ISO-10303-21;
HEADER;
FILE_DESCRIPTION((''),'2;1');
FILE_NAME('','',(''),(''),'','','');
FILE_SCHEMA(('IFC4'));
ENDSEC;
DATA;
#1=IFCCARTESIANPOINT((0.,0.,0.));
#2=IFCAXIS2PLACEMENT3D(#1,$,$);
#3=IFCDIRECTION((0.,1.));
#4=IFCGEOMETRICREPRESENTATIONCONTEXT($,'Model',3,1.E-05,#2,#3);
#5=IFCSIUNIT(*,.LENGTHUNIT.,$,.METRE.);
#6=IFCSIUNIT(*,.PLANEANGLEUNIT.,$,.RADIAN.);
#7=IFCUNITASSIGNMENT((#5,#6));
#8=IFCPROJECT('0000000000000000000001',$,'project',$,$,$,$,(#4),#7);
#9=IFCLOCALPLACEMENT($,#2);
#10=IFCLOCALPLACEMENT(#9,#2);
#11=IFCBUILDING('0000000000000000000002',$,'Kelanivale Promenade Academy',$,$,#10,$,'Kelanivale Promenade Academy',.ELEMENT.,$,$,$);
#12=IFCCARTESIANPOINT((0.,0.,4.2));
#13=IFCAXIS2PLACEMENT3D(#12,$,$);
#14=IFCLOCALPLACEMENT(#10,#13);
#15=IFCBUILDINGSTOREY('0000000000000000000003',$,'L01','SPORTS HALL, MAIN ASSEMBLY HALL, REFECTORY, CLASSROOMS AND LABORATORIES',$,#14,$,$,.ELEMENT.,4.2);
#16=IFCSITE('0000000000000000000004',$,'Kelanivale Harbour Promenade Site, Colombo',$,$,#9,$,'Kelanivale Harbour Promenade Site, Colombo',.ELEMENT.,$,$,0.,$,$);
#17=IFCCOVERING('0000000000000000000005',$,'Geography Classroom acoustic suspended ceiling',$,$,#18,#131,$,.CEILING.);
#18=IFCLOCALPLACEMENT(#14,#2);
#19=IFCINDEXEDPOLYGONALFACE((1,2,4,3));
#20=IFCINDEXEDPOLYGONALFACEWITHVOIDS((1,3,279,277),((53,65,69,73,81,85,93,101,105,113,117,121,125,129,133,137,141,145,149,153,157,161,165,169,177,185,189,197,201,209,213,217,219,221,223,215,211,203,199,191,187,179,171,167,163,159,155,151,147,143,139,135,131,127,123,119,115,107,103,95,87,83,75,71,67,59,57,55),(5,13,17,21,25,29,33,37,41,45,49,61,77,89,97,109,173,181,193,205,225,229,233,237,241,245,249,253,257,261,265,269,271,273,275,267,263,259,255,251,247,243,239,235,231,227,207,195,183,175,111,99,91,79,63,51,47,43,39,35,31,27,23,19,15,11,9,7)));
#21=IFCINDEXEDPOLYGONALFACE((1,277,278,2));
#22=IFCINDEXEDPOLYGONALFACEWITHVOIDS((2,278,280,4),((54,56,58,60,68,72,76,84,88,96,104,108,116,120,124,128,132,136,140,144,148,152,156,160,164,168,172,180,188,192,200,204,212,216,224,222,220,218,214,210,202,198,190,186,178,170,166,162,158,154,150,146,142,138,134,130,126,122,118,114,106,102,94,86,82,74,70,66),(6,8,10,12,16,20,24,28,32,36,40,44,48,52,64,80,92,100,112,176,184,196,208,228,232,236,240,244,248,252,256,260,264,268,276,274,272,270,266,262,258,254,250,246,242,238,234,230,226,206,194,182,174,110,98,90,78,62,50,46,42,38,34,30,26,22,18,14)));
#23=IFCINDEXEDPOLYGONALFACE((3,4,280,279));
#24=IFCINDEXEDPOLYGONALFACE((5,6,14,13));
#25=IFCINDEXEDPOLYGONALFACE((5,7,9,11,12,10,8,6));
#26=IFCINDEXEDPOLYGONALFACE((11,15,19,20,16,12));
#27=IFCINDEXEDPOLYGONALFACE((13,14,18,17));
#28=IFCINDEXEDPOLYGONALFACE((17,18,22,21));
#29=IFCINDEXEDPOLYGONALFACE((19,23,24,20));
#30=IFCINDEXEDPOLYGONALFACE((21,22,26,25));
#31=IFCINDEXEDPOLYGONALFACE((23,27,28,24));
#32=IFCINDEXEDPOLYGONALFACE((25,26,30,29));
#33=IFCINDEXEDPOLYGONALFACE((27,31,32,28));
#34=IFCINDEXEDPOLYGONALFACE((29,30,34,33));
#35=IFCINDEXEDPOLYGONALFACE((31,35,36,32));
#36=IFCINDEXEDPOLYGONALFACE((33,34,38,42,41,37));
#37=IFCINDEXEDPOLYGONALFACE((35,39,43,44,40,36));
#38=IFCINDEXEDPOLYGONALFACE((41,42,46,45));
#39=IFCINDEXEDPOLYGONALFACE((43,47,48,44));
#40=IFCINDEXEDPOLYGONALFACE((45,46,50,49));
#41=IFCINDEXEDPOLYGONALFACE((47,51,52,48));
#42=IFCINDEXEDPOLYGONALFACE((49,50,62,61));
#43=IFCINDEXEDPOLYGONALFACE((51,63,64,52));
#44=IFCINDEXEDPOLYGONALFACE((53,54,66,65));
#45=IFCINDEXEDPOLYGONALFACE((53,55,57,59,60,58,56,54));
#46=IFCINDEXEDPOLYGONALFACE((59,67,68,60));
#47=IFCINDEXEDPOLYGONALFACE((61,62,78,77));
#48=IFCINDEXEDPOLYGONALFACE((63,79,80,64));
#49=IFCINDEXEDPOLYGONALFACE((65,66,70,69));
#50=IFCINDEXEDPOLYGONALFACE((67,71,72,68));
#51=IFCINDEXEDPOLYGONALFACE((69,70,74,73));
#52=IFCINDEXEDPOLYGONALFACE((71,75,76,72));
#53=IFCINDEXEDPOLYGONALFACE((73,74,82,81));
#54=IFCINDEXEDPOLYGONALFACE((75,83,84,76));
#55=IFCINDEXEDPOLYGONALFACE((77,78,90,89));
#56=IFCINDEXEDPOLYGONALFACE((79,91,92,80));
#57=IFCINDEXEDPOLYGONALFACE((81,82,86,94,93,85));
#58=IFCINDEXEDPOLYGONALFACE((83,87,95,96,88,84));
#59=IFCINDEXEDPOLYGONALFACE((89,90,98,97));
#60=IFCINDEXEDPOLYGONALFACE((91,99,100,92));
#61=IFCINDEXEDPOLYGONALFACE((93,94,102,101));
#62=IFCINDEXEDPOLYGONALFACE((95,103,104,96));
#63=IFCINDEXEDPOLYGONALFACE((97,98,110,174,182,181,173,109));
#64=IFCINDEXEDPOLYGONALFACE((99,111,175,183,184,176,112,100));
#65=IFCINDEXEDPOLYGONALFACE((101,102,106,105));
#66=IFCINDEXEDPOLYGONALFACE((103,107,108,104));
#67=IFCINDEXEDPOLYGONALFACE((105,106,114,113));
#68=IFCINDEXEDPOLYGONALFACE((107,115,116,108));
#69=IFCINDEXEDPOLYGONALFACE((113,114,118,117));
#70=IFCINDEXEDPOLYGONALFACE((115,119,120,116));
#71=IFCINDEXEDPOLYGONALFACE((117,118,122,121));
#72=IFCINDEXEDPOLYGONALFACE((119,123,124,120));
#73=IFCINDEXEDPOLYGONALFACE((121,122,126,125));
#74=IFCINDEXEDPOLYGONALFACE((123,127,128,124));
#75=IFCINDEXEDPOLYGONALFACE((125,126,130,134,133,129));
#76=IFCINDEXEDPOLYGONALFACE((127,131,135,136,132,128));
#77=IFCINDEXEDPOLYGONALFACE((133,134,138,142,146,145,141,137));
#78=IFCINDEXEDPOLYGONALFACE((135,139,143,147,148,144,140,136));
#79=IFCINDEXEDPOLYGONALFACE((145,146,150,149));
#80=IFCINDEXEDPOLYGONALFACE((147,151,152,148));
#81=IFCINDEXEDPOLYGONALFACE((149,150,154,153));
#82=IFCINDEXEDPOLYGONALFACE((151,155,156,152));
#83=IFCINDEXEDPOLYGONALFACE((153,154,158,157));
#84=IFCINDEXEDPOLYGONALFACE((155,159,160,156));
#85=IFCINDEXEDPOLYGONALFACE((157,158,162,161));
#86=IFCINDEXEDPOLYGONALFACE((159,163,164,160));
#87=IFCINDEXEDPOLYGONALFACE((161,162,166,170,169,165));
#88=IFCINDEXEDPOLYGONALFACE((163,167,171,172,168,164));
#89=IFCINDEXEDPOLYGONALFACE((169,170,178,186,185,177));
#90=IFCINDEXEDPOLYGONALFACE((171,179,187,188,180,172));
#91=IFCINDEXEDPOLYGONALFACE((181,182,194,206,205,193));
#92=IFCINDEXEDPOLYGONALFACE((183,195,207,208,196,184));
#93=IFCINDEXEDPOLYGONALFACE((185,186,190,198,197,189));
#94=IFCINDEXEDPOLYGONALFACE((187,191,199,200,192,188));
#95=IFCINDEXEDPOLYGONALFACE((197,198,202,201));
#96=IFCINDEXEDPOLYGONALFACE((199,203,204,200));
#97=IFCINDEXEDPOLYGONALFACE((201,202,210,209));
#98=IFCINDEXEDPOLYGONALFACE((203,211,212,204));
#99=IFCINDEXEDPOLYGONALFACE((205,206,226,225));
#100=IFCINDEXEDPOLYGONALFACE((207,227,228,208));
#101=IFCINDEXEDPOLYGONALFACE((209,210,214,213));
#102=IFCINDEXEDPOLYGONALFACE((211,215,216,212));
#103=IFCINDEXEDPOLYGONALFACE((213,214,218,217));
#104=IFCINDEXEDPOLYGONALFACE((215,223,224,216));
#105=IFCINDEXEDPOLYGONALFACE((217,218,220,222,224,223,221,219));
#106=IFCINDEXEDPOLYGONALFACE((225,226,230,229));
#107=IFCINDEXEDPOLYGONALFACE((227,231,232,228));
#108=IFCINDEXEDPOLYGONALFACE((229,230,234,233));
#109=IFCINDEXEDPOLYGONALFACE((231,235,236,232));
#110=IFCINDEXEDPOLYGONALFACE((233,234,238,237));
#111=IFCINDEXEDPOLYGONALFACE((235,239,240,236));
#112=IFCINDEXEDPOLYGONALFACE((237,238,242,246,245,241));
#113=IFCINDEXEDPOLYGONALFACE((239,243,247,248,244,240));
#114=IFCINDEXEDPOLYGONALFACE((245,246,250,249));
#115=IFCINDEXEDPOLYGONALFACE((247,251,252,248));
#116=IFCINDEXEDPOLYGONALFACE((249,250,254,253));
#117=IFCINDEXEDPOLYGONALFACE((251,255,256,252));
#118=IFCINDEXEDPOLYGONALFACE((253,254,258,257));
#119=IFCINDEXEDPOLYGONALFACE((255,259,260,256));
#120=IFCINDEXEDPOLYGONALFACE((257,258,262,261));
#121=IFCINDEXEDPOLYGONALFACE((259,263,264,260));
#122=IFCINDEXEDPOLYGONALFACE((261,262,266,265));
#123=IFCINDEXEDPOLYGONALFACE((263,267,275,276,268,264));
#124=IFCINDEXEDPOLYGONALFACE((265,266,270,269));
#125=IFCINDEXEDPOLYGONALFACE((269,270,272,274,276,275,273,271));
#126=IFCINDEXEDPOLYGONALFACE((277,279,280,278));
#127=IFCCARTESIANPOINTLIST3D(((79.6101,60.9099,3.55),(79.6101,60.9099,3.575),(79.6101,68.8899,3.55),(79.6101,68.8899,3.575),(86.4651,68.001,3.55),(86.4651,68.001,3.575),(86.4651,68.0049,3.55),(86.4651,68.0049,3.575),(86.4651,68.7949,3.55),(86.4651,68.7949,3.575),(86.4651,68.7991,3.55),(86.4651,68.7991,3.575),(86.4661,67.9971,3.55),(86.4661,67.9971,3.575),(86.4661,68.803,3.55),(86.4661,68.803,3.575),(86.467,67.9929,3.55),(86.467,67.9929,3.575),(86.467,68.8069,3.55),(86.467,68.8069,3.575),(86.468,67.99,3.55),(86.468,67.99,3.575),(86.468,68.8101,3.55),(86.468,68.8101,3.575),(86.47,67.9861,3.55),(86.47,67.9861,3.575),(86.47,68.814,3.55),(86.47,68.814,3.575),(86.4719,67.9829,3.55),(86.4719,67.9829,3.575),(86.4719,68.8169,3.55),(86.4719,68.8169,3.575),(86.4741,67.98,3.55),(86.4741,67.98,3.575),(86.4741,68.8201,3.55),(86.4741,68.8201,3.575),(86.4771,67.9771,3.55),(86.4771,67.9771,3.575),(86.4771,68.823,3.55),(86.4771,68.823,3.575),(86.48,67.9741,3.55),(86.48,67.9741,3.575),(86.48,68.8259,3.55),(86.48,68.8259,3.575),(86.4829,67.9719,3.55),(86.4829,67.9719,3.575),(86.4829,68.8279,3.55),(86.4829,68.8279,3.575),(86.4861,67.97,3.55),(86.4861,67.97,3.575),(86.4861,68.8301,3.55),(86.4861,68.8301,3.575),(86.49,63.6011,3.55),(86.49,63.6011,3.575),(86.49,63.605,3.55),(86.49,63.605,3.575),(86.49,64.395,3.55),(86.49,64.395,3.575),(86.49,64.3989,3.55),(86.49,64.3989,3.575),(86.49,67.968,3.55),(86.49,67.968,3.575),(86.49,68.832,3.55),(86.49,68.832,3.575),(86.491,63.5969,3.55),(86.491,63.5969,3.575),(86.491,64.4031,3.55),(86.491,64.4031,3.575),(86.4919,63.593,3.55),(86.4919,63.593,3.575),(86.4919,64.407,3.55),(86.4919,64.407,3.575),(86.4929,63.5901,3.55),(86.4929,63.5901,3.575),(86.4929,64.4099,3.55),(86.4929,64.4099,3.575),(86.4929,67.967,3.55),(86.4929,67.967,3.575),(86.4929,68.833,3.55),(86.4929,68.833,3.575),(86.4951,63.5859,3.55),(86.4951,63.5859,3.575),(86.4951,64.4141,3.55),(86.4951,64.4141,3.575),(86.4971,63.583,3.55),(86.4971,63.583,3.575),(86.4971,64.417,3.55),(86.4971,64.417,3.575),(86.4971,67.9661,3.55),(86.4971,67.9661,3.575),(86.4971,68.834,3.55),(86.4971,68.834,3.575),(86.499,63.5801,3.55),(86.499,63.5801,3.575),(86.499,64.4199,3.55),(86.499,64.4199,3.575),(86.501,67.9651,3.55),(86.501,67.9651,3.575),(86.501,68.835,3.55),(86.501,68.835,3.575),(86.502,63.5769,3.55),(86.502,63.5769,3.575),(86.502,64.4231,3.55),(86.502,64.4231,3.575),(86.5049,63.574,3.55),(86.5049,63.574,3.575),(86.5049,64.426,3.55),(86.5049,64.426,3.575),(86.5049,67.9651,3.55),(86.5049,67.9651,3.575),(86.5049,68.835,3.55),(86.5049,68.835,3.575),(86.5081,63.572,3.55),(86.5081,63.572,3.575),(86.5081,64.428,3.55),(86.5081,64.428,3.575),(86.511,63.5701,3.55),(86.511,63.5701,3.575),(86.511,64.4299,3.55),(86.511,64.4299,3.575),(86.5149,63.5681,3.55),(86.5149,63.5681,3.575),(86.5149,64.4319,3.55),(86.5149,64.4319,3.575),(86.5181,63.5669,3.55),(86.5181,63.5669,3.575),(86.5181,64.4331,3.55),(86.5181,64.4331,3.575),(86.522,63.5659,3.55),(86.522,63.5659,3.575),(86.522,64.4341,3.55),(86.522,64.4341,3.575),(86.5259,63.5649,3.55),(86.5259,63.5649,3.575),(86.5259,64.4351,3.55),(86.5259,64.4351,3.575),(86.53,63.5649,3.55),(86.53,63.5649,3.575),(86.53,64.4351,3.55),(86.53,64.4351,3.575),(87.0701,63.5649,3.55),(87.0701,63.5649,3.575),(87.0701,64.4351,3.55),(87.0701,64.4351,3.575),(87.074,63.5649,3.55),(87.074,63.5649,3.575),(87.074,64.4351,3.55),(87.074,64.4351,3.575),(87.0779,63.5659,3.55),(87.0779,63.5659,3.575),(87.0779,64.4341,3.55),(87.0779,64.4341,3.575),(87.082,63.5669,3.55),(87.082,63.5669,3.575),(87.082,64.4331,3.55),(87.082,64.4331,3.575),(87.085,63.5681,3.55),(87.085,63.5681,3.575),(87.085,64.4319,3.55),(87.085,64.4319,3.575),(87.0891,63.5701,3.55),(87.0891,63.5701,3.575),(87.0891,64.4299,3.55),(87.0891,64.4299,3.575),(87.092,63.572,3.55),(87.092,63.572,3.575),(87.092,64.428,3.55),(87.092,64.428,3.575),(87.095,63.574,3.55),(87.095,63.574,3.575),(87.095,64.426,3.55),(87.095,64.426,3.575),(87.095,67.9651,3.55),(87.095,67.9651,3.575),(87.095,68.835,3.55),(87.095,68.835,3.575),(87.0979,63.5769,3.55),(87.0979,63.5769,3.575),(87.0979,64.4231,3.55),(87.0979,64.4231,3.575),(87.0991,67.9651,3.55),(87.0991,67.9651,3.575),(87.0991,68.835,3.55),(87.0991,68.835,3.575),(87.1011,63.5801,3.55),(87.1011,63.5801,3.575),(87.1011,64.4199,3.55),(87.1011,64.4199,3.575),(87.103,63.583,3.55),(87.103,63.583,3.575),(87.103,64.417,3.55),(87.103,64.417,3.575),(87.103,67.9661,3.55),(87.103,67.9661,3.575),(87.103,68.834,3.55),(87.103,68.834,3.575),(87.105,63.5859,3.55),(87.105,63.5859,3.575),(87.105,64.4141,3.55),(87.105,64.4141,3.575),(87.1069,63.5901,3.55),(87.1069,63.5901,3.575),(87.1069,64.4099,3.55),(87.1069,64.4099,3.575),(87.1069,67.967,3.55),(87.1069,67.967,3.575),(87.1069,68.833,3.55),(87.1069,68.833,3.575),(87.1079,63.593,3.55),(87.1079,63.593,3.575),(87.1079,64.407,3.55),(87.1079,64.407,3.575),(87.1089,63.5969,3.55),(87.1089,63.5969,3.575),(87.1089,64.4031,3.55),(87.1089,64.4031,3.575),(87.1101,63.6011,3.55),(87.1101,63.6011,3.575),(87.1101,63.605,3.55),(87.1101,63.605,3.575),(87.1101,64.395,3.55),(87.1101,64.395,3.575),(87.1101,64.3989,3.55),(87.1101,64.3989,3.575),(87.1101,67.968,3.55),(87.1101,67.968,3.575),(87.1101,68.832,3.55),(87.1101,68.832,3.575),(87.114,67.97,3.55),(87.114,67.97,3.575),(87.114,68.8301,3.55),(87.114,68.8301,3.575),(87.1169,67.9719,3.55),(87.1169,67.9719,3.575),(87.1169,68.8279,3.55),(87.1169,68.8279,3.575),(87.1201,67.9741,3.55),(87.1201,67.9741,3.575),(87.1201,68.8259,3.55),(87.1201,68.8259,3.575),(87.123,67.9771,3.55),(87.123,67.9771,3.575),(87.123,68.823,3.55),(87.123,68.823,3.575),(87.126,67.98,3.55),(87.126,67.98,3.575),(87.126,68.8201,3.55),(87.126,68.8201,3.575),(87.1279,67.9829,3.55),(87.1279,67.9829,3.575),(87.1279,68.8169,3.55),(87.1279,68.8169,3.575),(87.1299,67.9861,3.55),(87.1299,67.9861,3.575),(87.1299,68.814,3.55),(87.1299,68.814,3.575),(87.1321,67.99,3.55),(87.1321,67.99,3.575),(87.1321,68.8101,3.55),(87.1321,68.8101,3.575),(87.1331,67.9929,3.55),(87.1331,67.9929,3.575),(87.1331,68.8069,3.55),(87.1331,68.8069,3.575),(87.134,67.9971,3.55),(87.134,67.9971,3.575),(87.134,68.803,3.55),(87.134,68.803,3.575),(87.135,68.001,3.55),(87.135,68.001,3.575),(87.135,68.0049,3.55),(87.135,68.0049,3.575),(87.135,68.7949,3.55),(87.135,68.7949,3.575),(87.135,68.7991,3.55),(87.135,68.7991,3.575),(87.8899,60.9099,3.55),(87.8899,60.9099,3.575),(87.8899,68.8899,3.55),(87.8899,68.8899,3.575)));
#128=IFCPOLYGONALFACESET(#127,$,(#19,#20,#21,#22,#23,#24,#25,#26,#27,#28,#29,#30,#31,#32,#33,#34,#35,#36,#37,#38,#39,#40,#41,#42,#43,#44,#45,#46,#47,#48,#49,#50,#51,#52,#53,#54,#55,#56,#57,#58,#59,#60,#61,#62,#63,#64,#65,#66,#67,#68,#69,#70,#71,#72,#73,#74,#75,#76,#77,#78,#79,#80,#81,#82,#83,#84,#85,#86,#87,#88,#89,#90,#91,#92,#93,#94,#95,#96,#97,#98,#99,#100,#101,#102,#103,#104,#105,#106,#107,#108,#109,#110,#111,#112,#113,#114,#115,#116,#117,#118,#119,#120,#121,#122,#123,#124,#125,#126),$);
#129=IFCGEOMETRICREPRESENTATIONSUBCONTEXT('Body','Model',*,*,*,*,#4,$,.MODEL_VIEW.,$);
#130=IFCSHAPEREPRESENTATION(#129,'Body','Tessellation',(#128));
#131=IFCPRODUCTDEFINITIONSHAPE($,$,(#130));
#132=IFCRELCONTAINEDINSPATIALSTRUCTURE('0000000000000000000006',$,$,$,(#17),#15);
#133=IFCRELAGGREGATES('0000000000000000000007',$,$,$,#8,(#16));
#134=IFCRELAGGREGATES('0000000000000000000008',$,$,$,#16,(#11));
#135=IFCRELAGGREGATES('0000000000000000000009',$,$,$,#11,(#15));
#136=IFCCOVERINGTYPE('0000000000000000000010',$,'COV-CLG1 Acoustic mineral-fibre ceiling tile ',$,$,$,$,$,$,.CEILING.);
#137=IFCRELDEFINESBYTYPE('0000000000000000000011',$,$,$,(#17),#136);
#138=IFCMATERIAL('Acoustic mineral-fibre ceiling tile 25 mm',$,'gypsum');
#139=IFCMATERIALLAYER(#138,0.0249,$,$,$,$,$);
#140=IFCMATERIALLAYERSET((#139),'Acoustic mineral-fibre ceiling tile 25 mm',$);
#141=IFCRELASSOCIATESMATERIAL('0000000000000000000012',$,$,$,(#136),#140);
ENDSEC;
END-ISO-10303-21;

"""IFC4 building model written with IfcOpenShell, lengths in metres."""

from ifc_helpers import new_model, si_unit, direction, frame, origin, place, context, subcontext, project, spatial, polyline, outline, extrude, material, layer, layer_set, type_object, element, save


model = new_model("IFC4")

# Units and contexts
model_context = context("Model", 3, precision=1e-05, world=origin(), true_north=direction((0.0, 1.0)))
body_context = subcontext(model_context, "Body", "Model", "MODEL_VIEW")
ifc_project = project(units=[si_unit("LENGTHUNIT", "METRE"), si_unit("PLANEANGLEUNIT", "RADIAN")], contexts=[model_context])

# Site, building, storey
site_placement = place(None, origin())
site = spatial("IfcSite", under=ifc_project, at=site_placement, Name="Kelanivale Harbour Promenade Site, Colombo", LongName="Kelanivale Harbour Promenade Site, Colombo", CompositionType="ELEMENT", RefElevation=0.0)
building_placement = place(site_placement, origin())
building = spatial("IfcBuilding", under=site, at=building_placement, Name="Kelanivale Promenade Academy", LongName="Kelanivale Promenade Academy", CompositionType="ELEMENT")
storey_placement = place(building_placement, frame((0.0, 0.0, 4.2)))
storey = spatial("IfcBuildingStorey", under=building, at=storey_placement, Name="L01", Description="SPORTS HALL, MAIN ASSEMBLY HALL, REFECTORY, CLASSROOMS AND LABORATORIES", CompositionType="ELEMENT", Elevation=4.2)

# Covering
ifc_material_1 = material(Name="Acoustic mineral-fibre ceiling tile 25 mm", Category="gypsum")
ifc_layer_1 = layer(ifc_material_1, 0.0249)
ifc_layer_set_1 = layer_set([ifc_layer_1], Name="Acoustic mineral-fibre ceiling tile 25 mm")
covering_type = type_object("IfcCoveringType", Name="COV-CLG1 Acoustic mineral-fibre ceiling tile ", PredefinedType="CEILING", material=ifc_layer_set_1)
covering_1_placement = place(storey_placement, frame((0.0, 0.0, 3.55)))
element("IfcCovering", 1, at=covering_1_placement, inside=storey, type_object=covering_type, Name="Geography Classroom acoustic suspended ceiling", PredefinedType="CEILING", context=body_context, shape_type="SweptSolid", body=[
    extrude(outline(polyline([(79.6101, 68.8899), (79.6101, 60.9099), (87.8899, 60.9099), (87.8899, 68.8899), (79.6101, 68.8899)]), holes=[polyline([(87.135, 68.0049), (87.135, 68.001), (87.134, 67.9971), (87.1331, 67.9929), (87.1321, 67.99), (87.1299, 67.9861), (87.1279, 67.9829), (87.126, 67.98), (87.123, 67.9771), (87.1201, 67.9741), (87.1169, 67.9719), (87.114, 67.97), (87.1101, 67.968), (87.1069, 67.967), (87.103, 67.9661), (87.0991, 67.9651), (87.095, 67.9651), (86.5049, 67.9651), (86.501, 67.9651), (86.4971, 67.9661), (86.4929, 67.967), (86.49, 67.968), (86.4861, 67.97), (86.4829, 67.9719), (86.48, 67.9741), (86.4771, 67.9771), (86.4741, 67.98), (86.4719, 67.9829), (86.47, 67.9861), (86.468, 67.99), (86.467, 67.9929), (86.4661, 67.9971), (86.4651, 68.001), (86.4651, 68.0049), (86.4651, 68.7949), (86.4651, 68.7991), (86.4661, 68.803), (86.467, 68.8069), (86.468, 68.8101), (86.47, 68.814), (86.4719, 68.8169), (86.4741, 68.8201), (86.4771, 68.823), (86.48, 68.8259), (86.4829, 68.8279), (86.4861, 68.8301), (86.49, 68.832), (86.4929, 68.833), (86.4971, 68.834), (86.501, 68.835), (86.5049, 68.835), (87.095, 68.835), (87.0991, 68.835), (87.103, 68.834), (87.1069, 68.833), (87.1101, 68.832), (87.114, 68.8301), (87.1169, 68.8279), (87.1201, 68.8259), (87.123, 68.823), (87.126, 68.8201), (87.1279, 68.8169), (87.1299, 68.814), (87.1321, 68.8101), (87.1331, 68.8069), (87.134, 68.803), (87.135, 68.7991), (87.135, 68.7949), (87.135, 68.0049)]), polyline([(87.1101, 63.605), (87.1101, 63.6011), (87.1089, 63.5969), (87.1079, 63.593), (87.1069, 63.5901), (87.105, 63.5859), (87.103, 63.583), (87.1011, 63.5801), (87.0979, 63.5769), (87.095, 63.574), (87.092, 63.572), (87.0891, 63.5701), (87.085, 63.5681), (87.082, 63.5669), (87.0779, 63.5659), (87.074, 63.5649), (87.0701, 63.5649), (86.53, 63.5649), (86.5259, 63.5649), (86.522, 63.5659), (86.5181, 63.5669), (86.5149, 63.5681), (86.511, 63.5701), (86.5081, 63.572), (86.5049, 63.574), (86.502, 63.5769), (86.499, 63.5801), (86.4971, 63.583), (86.4951, 63.5859), (86.4929, 63.5901), (86.4919, 63.593), (86.491, 63.5969), (86.49, 63.6011), (86.49, 63.605), (86.49, 64.395), (86.49, 64.3989), (86.491, 64.4031), (86.4919, 64.407), (86.4929, 64.4099), (86.4951, 64.4141), (86.4971, 64.417), (86.499, 64.4199), (86.502, 64.4231), (86.5049, 64.426), (86.5081, 64.428), (86.511, 64.4299), (86.5149, 64.4319), (86.5181, 64.4331), (86.522, 64.4341), (86.5259, 64.4351), (86.53, 64.4351), (87.0701, 64.4351), (87.074, 64.4351), (87.0779, 64.4341), (87.082, 64.4331), (87.085, 64.4319), (87.0891, 64.4299), (87.092, 64.428), (87.095, 64.426), (87.0979, 64.4231), (87.1011, 64.4199), (87.103, 64.417), (87.105, 64.4141), (87.1069, 64.4099), (87.1079, 64.407), (87.1089, 64.4031), (87.1101, 64.3989), (87.1101, 64.395), (87.1101, 63.605)])]), origin(), (0.0, 0.0, 1.0), 0.0249),
])

save(model, "model.ifc")
